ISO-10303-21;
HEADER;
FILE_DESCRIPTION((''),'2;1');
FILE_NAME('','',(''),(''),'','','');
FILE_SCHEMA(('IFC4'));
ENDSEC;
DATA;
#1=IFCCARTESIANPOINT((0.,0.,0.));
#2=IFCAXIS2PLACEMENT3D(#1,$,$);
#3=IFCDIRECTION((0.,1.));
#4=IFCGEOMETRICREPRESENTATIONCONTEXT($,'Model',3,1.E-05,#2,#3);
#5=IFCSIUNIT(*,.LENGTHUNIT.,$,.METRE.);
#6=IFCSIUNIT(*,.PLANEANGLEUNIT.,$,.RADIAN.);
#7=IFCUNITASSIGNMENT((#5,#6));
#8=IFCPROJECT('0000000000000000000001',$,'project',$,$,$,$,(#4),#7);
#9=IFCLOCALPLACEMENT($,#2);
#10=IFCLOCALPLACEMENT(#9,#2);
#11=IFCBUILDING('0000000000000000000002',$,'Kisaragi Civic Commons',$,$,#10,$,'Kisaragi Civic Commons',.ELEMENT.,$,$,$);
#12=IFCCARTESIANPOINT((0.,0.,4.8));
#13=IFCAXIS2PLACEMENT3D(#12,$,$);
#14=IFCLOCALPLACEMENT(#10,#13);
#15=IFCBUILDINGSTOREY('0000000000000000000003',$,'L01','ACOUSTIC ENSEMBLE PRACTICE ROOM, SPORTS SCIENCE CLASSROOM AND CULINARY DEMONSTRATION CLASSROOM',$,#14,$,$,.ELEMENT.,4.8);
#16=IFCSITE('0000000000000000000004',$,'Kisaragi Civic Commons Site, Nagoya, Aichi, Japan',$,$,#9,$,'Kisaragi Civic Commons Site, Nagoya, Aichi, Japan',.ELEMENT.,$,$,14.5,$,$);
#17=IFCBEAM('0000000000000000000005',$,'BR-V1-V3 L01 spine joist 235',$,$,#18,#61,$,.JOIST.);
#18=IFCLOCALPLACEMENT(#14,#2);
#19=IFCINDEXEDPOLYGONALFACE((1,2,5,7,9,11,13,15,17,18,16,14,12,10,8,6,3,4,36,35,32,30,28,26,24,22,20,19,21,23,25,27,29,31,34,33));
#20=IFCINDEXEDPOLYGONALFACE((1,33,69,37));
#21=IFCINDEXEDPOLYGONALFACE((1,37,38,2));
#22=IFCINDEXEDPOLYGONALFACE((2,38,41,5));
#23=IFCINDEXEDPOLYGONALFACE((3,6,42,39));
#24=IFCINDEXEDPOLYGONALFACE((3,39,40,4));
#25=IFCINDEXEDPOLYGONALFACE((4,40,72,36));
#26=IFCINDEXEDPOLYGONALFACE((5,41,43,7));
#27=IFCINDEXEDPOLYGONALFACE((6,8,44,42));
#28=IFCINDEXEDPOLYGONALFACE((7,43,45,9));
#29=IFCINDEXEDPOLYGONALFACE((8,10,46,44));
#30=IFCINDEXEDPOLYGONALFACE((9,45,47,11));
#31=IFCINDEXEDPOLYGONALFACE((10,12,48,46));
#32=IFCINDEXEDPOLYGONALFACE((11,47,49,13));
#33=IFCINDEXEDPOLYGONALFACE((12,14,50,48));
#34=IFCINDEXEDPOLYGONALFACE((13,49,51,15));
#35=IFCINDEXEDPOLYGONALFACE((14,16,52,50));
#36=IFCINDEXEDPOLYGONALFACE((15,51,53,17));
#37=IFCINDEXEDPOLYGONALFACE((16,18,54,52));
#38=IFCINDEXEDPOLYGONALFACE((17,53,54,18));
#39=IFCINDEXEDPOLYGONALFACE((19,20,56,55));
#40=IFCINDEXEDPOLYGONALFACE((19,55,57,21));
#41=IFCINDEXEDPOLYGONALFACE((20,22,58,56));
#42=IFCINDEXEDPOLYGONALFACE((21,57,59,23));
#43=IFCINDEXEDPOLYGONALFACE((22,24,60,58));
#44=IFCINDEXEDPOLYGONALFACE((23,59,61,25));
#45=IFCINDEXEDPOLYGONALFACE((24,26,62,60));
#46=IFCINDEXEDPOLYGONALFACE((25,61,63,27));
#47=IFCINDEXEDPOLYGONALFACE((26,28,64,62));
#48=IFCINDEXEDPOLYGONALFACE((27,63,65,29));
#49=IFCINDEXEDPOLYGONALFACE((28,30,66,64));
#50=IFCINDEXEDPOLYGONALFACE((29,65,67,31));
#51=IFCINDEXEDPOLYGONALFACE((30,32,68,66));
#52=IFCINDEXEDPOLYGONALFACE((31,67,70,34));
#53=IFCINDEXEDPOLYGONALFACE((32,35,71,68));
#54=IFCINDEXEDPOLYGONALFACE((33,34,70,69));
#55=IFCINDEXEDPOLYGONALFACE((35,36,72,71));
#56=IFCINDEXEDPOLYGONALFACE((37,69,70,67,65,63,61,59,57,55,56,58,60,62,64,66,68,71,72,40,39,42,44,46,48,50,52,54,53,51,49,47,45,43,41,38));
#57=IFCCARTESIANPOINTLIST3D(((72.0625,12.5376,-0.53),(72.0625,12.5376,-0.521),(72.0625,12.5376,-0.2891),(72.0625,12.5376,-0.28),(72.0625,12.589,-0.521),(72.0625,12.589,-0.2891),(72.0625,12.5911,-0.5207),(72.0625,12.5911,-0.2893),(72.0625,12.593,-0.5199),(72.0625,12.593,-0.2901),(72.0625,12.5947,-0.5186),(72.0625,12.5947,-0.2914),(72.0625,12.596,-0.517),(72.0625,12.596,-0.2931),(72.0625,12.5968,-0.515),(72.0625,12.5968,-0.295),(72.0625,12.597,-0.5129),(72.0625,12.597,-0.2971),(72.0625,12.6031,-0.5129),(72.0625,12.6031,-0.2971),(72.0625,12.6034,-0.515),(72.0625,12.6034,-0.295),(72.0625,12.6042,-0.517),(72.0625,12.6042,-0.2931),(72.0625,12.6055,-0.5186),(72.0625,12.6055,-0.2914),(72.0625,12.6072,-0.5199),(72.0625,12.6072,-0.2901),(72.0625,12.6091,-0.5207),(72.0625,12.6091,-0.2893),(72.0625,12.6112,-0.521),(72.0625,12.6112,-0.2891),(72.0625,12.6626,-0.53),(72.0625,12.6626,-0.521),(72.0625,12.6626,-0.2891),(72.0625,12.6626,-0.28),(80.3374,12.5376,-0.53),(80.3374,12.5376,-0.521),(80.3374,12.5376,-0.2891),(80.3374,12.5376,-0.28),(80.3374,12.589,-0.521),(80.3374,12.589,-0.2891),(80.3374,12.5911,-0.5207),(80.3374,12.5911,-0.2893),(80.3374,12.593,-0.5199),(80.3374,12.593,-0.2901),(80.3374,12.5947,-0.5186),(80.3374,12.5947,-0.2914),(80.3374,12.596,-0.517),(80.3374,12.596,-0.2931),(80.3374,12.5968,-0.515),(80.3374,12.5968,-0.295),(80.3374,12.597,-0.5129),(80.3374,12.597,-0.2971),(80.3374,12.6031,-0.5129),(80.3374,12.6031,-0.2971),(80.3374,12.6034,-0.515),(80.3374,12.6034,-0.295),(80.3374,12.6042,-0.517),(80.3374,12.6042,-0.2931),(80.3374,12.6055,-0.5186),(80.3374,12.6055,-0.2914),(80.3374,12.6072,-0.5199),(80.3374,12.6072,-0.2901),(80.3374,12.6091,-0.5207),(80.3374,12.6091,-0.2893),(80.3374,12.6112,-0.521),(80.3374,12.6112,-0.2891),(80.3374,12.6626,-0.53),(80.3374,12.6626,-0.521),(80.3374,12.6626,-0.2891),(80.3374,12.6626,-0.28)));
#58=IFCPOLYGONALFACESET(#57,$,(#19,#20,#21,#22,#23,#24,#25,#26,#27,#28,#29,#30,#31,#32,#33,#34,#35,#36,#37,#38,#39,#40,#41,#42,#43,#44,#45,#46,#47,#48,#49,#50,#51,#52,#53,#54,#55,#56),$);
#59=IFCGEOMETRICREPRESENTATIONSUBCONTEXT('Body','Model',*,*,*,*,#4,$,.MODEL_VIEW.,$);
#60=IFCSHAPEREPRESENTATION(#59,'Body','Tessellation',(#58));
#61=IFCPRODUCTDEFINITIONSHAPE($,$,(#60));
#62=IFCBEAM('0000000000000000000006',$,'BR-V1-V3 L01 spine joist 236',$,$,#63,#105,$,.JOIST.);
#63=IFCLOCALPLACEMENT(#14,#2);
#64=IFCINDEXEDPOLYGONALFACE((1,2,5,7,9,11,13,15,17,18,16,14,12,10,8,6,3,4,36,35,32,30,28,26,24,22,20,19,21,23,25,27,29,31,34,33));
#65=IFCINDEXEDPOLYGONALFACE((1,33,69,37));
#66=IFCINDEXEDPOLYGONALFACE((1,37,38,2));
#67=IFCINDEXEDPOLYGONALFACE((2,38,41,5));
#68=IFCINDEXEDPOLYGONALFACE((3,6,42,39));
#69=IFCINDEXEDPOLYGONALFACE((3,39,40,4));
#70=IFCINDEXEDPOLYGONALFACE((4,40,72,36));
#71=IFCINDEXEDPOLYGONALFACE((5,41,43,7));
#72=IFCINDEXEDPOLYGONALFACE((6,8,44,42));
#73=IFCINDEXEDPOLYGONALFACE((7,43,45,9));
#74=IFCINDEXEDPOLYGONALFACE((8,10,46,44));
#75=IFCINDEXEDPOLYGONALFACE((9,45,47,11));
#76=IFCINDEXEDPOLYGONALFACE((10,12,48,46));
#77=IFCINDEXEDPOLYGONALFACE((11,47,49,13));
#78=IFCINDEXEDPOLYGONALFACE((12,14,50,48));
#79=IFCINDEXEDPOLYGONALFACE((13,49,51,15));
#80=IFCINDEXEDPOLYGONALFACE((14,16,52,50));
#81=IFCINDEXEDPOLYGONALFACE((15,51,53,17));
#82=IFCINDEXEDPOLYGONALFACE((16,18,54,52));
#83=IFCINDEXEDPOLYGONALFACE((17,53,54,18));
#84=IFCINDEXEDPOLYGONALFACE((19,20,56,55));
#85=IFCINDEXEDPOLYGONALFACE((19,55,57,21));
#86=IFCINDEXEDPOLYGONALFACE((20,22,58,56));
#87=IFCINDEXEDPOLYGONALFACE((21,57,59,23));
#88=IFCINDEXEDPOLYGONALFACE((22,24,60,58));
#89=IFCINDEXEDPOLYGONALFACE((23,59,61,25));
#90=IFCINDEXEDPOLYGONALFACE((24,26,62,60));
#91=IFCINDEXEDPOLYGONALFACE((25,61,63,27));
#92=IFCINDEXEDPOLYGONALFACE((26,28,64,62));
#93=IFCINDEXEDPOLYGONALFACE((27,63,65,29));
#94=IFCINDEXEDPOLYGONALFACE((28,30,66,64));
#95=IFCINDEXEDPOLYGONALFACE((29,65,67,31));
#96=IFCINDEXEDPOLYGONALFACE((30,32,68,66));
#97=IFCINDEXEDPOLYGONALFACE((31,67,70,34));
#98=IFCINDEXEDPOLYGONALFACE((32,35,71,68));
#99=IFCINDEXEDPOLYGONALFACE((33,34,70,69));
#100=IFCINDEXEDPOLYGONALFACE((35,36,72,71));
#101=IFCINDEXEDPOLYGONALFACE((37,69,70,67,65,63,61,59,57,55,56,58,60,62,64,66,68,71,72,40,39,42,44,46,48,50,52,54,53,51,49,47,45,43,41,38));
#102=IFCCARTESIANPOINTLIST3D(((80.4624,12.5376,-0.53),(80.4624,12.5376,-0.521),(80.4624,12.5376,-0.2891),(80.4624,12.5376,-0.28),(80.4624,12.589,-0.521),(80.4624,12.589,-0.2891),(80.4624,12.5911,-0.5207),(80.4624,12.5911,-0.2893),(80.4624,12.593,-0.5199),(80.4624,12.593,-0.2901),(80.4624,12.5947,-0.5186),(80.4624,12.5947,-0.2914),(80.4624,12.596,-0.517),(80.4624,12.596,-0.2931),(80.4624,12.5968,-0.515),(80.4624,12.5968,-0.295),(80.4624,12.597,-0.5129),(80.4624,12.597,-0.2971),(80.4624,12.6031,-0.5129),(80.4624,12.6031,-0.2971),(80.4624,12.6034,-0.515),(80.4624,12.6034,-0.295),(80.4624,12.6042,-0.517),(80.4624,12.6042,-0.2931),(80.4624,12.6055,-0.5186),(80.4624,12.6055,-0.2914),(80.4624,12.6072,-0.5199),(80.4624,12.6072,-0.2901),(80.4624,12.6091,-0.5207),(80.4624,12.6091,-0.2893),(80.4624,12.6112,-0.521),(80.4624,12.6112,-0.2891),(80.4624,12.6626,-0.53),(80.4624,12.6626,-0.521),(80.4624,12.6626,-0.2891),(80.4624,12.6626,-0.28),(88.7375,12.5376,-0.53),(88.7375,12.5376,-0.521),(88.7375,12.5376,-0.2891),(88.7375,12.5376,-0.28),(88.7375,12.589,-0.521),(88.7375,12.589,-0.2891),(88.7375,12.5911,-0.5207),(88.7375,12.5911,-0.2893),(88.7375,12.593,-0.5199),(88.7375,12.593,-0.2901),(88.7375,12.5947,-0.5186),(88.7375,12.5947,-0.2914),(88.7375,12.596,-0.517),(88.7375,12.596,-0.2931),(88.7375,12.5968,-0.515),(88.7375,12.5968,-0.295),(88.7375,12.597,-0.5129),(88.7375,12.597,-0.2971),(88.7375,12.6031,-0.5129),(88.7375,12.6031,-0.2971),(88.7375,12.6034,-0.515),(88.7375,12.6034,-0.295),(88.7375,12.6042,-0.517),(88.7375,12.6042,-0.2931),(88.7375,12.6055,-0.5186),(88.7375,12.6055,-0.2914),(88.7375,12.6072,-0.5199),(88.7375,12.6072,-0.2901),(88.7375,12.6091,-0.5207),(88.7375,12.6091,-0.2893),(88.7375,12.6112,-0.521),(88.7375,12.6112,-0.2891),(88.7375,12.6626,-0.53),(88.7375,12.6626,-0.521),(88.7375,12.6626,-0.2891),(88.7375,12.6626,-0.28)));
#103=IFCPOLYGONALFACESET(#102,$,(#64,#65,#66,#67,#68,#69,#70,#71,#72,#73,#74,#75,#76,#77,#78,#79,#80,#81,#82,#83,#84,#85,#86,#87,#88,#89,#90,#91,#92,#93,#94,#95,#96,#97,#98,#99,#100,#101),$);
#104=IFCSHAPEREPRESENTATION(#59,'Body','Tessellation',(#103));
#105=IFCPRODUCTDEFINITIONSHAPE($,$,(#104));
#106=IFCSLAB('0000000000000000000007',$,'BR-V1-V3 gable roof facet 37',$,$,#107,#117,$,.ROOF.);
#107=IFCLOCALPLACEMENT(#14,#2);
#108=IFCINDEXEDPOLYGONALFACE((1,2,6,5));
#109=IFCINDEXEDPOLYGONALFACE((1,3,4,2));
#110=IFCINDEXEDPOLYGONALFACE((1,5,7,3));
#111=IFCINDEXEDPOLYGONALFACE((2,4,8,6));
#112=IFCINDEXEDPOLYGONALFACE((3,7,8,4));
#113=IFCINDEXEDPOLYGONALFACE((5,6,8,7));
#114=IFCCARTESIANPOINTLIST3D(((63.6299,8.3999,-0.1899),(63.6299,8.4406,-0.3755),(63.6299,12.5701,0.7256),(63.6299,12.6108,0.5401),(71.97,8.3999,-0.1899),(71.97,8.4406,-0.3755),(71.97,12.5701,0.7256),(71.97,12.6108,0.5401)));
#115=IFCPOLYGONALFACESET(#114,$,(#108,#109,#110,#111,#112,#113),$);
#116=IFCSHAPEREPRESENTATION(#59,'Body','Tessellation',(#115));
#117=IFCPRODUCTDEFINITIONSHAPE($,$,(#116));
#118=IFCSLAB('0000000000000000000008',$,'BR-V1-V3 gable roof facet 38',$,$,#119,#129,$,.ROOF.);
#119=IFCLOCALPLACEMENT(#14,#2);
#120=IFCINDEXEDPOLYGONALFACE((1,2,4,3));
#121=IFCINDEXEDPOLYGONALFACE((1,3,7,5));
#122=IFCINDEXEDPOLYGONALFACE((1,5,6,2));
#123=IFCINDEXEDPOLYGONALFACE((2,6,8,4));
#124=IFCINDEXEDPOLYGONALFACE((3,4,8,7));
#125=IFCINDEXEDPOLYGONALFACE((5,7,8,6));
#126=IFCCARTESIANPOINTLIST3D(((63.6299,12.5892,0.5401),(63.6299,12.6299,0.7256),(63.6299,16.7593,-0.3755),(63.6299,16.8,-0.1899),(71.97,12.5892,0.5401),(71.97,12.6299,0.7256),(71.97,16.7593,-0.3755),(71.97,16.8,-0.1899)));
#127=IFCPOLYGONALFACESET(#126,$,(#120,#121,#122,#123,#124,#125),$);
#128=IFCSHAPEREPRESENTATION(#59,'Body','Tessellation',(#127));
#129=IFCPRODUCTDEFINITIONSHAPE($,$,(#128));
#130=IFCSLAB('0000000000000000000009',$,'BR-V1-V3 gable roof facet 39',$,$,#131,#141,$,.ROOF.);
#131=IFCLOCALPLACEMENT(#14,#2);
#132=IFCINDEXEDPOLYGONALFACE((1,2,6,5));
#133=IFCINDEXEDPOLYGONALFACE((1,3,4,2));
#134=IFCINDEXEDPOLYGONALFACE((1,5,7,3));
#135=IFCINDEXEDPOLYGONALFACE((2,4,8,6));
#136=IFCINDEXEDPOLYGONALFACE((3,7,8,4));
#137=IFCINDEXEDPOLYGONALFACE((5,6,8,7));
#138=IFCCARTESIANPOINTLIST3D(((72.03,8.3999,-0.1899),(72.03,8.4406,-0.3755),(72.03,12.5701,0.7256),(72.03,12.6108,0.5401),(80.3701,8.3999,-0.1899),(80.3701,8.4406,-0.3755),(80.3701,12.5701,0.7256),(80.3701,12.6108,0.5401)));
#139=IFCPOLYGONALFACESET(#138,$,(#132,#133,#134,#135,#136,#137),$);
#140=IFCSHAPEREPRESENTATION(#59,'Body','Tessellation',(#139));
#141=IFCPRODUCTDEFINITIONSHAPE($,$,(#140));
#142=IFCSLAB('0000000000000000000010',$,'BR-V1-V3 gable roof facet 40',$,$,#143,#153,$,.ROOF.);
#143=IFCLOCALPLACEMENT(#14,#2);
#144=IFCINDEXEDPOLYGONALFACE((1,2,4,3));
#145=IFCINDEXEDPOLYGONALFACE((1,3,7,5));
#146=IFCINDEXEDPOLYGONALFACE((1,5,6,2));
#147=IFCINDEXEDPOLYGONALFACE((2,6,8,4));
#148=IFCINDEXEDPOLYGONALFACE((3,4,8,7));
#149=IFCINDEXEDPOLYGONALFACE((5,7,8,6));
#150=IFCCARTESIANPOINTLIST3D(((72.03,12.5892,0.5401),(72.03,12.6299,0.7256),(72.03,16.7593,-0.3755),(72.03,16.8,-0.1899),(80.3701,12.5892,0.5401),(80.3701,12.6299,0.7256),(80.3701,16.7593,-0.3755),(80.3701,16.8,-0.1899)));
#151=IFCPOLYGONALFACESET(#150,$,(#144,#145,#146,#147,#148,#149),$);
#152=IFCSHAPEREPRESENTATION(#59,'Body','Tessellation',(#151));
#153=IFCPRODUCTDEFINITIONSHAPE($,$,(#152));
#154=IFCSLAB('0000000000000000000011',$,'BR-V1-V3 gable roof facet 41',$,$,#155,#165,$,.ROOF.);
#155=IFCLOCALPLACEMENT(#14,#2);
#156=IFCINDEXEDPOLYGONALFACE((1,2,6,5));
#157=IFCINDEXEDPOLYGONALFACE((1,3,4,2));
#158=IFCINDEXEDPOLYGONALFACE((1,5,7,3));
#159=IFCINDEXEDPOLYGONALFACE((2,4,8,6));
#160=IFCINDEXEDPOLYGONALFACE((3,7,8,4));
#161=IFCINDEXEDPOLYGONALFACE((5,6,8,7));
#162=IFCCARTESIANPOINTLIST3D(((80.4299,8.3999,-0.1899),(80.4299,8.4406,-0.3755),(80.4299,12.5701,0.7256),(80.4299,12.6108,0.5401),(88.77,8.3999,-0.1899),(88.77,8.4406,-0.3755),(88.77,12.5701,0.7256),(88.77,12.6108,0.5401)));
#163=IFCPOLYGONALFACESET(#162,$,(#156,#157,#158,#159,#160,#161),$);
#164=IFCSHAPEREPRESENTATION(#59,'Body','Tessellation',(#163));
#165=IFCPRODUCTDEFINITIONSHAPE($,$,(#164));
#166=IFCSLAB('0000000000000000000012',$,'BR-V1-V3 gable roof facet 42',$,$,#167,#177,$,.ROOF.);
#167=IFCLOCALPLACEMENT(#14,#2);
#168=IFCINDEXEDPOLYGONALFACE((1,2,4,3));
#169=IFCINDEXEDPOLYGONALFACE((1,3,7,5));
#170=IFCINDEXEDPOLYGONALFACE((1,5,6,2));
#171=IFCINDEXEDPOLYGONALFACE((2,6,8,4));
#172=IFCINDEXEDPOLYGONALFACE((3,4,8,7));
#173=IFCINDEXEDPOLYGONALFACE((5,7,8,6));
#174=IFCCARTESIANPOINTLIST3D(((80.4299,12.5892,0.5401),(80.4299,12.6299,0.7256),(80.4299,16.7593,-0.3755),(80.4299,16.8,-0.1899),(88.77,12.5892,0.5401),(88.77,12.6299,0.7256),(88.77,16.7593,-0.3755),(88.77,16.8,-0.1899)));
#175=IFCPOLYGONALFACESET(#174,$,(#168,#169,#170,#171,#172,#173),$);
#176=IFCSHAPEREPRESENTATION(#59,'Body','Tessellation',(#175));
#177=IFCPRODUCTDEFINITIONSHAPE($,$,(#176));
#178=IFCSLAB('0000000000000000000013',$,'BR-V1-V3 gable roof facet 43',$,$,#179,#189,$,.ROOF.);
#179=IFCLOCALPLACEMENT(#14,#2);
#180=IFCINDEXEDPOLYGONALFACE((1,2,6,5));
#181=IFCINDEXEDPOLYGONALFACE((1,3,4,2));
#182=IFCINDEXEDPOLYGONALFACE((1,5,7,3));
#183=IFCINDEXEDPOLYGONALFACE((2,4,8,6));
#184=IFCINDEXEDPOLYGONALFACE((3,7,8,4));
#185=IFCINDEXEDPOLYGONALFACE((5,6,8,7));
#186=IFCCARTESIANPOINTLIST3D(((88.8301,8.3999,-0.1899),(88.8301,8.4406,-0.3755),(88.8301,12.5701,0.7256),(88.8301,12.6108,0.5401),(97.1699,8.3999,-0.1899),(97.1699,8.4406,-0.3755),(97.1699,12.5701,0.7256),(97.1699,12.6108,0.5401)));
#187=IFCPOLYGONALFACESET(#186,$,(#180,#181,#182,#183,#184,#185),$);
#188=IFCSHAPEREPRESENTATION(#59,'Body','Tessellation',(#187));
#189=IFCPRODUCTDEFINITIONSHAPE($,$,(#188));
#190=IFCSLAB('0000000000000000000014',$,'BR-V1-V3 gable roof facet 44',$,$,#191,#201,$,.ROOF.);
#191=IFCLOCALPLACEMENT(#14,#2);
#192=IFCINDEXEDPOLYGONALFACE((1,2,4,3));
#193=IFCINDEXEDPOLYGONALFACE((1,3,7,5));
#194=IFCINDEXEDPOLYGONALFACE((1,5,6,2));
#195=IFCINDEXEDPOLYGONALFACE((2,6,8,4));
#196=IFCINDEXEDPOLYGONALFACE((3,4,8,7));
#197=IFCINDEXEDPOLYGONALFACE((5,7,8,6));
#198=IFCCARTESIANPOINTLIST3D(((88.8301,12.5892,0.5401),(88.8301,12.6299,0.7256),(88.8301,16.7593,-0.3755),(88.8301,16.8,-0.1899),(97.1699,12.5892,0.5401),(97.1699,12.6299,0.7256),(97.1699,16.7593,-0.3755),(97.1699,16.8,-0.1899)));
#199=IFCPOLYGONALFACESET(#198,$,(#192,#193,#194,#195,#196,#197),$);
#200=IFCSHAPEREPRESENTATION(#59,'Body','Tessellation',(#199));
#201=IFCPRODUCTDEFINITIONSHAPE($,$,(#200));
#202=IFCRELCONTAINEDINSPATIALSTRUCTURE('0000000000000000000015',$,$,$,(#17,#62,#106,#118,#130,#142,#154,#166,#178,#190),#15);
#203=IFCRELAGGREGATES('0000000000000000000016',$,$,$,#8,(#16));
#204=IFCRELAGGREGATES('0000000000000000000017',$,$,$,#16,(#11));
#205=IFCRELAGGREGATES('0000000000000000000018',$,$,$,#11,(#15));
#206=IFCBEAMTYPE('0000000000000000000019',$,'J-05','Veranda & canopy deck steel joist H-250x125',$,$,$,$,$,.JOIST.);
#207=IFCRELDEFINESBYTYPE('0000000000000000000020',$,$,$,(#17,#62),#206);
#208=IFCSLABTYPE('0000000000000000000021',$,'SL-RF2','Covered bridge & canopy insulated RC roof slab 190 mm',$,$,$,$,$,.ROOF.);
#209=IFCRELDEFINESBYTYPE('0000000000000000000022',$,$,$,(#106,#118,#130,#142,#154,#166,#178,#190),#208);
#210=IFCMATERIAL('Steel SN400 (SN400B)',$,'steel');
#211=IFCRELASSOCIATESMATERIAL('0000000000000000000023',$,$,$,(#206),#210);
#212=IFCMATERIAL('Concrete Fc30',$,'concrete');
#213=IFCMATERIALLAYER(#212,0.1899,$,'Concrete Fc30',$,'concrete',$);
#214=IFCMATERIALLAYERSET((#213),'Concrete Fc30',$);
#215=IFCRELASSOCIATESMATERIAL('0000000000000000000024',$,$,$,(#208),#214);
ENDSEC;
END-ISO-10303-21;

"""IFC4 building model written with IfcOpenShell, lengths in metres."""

from ifc_helpers import new_model, si_unit, direction, frame, origin, origin_2d, place, context, subcontext, project, spatial, polyline, i_section, outline, extrude, material, layer, layer_set, material_profile, profile_set, type_object, element, save


model = new_model("IFC4")

# Units and contexts
model_context = context("Model", 3, precision=1e-05, world=origin(), true_north=direction((0.0, 1.0)))
body_context = subcontext(model_context, "Body", "Model", "MODEL_VIEW")
ifc_project = project(units=[si_unit("LENGTHUNIT", "METRE"), si_unit("PLANEANGLEUNIT", "RADIAN")], contexts=[model_context])

# Site, building, storey
site_placement = place(None, origin())
site = spatial("IfcSite", under=ifc_project, at=site_placement, Name="Kisaragi Civic Commons Site, Nagoya, Aichi, Japan", LongName="Kisaragi Civic Commons Site, Nagoya, Aichi, Japan", CompositionType="ELEMENT", RefElevation=14.5)
building_placement = place(site_placement, origin())
building = spatial("IfcBuilding", under=site, at=building_placement, Name="Kisaragi Civic Commons", LongName="Kisaragi Civic Commons", CompositionType="ELEMENT")
storey_placement = place(building_placement, frame((0.0, 0.0, 4.8)))
storey = spatial("IfcBuildingStorey", under=building, at=storey_placement, Name="L01", Description="ACOUSTIC ENSEMBLE PRACTICE ROOM, SPORTS SCIENCE CLASSROOM AND CULINARY DEMONSTRATION CLASSROOM", CompositionType="ELEMENT", Elevation=4.8)

# Beams
ifc_material_1 = material(Name="Steel SN400 (SN400B)", Category="steel")
ifc_material_profile_1 = material_profile(ifc_material_1, i_section(OverallWidth=0.125, OverallDepth=0.25, WebThickness=0.0061, FlangeThickness=0.009, FilletRadius=0.0081, at=origin_2d()), Name="H-250x125x6x9", Category="steel")
ifc_profile_set_1 = profile_set([ifc_material_profile_1], Name="Steel SN400 (SN400B)")
beam_type_1 = type_object("IfcBeamType", Name="J-05", Description="Veranda & canopy deck steel joist H-250x125", PredefinedType="JOIST", material=ifc_profile_set_1)
for number, where, z_axis, x_axis, name in (
    (1, (72.0625, 12.6001, -0.405), (1.0, 0.0, 0.0), (0.0, 1.0, 0.0), "BR-V1-V3 L01 spine joist 235"),
):
    element("IfcBeam", number, at=place(storey_placement, frame(where, z_axis=z_axis, x_axis=x_axis)), inside=storey, type_object=beam_type_1, Name=name, PredefinedType="JOIST", context=body_context, shape_type="SweptSolid", body=[
        extrude(i_section(OverallWidth=0.125, OverallDepth=0.25, WebThickness=0.0061, FlangeThickness=0.009, FilletRadius=0.0081, at=origin_2d()), origin(), (0.0, 0.0, 1.0), 8.2749),
    ])
beam_1_placement = place(storey_placement, frame((80.4624, 12.6001, -0.405), z_axis=(1.0, 0.0, 0.0), x_axis=(0.0, 1.0, 0.0)))
element("IfcBeam", 2, at=beam_1_placement, inside=storey, type_object=beam_type_1, Name="BR-V1-V3 L01 spine joist 236", PredefinedType="JOIST", context=body_context, shape_type="SweptSolid", body=[
    extrude(i_section(OverallWidth=0.125, OverallDepth=0.25, WebThickness=0.0061, FlangeThickness=0.009, FilletRadius=0.0081, at=origin_2d()), origin(), (0.0, 0.0, 1.0), 8.2751),
])

# Slabs
ifc_material_2 = material(Name="Concrete Fc30", Category="concrete")
ifc_layer = layer(ifc_material_2, 0.1899, Name="Concrete Fc30", Category="concrete")
ifc_layer_set = layer_set([ifc_layer], Name="Concrete Fc30")
slab_type = type_object("IfcSlabType", Name="SL-RF2", Description="Covered bridge & canopy insulated RC roof slab 190 mm", PredefinedType="ROOF", material=ifc_layer_set)
for number, where, z_axis, x_axis, name in (
    (3, (63.6299, 8.3999, -0.1899), (0.0, -0.214435, 0.976738), (1.0, 0.0, 0.0), "BR-V1-V3 gable roof facet 37"),
    (4, (63.6299, 12.6299, 0.7256), (0.0, 0.214435, 0.976738), (1.0, 0.0, 0.0), "BR-V1-V3 gable roof facet 38"),
    (5, (72.03, 8.3999, -0.1899), (0.0, -0.214435, 0.976738), (1.0, 0.0, 0.0), "BR-V1-V3 gable roof facet 39"),
    (6, (72.03, 12.6299, 0.7256), (0.0, 0.214435, 0.976738), (1.0, 0.0, 0.0), "BR-V1-V3 gable roof facet 40"),
    (7, (80.4299, 8.3999, -0.1899), (0.0, -0.214435, 0.976738), (1.0, 0.0, 0.0), "BR-V1-V3 gable roof facet 41"),
    (8, (80.4299, 12.6299, 0.7256), (0.0, 0.214435, 0.976738), (1.0, 0.0, 0.0), "BR-V1-V3 gable roof facet 42"),
):
    element("IfcSlab", number, at=place(storey_placement, frame(where, z_axis=z_axis, x_axis=x_axis)), inside=storey, type_object=slab_type, Name=name, PredefinedType="ROOF", context=body_context, shape_type="SweptSolid", body=[
        extrude(outline(polyline([(0.0, 0.0), (8.3401, 0.0), (8.3401, 4.2695), (0.0, 4.2695), (0.0, 0.0)])), origin(), (0.0, 0.0, -1.0), 0.1899),
    ])
for number, where, z_axis, x_axis, name in (
    (9, (88.8301, 8.3999, -0.1899), (0.0, -0.214435, 0.976738), (1.0, 0.0, 0.0), "BR-V1-V3 gable roof facet 43"),
    (10, (88.8301, 12.6299, 0.7256), (0.0, 0.214435, 0.976738), (1.0, 0.0, 0.0), "BR-V1-V3 gable roof facet 44"),
):
    element("IfcSlab", number, at=place(storey_placement, frame(where, z_axis=z_axis, x_axis=x_axis)), inside=storey, type_object=slab_type, Name=name, PredefinedType="ROOF", context=body_context, shape_type="SweptSolid", body=[
        extrude(outline(polyline([(0.0, 0.0), (8.3398, 0.0), (8.3398, 4.2695), (0.0, 4.2695), (0.0, 0.0)])), origin(), (0.0, 0.0, -1.0), 0.1899),
    ])

save(model, "model.ifc")
